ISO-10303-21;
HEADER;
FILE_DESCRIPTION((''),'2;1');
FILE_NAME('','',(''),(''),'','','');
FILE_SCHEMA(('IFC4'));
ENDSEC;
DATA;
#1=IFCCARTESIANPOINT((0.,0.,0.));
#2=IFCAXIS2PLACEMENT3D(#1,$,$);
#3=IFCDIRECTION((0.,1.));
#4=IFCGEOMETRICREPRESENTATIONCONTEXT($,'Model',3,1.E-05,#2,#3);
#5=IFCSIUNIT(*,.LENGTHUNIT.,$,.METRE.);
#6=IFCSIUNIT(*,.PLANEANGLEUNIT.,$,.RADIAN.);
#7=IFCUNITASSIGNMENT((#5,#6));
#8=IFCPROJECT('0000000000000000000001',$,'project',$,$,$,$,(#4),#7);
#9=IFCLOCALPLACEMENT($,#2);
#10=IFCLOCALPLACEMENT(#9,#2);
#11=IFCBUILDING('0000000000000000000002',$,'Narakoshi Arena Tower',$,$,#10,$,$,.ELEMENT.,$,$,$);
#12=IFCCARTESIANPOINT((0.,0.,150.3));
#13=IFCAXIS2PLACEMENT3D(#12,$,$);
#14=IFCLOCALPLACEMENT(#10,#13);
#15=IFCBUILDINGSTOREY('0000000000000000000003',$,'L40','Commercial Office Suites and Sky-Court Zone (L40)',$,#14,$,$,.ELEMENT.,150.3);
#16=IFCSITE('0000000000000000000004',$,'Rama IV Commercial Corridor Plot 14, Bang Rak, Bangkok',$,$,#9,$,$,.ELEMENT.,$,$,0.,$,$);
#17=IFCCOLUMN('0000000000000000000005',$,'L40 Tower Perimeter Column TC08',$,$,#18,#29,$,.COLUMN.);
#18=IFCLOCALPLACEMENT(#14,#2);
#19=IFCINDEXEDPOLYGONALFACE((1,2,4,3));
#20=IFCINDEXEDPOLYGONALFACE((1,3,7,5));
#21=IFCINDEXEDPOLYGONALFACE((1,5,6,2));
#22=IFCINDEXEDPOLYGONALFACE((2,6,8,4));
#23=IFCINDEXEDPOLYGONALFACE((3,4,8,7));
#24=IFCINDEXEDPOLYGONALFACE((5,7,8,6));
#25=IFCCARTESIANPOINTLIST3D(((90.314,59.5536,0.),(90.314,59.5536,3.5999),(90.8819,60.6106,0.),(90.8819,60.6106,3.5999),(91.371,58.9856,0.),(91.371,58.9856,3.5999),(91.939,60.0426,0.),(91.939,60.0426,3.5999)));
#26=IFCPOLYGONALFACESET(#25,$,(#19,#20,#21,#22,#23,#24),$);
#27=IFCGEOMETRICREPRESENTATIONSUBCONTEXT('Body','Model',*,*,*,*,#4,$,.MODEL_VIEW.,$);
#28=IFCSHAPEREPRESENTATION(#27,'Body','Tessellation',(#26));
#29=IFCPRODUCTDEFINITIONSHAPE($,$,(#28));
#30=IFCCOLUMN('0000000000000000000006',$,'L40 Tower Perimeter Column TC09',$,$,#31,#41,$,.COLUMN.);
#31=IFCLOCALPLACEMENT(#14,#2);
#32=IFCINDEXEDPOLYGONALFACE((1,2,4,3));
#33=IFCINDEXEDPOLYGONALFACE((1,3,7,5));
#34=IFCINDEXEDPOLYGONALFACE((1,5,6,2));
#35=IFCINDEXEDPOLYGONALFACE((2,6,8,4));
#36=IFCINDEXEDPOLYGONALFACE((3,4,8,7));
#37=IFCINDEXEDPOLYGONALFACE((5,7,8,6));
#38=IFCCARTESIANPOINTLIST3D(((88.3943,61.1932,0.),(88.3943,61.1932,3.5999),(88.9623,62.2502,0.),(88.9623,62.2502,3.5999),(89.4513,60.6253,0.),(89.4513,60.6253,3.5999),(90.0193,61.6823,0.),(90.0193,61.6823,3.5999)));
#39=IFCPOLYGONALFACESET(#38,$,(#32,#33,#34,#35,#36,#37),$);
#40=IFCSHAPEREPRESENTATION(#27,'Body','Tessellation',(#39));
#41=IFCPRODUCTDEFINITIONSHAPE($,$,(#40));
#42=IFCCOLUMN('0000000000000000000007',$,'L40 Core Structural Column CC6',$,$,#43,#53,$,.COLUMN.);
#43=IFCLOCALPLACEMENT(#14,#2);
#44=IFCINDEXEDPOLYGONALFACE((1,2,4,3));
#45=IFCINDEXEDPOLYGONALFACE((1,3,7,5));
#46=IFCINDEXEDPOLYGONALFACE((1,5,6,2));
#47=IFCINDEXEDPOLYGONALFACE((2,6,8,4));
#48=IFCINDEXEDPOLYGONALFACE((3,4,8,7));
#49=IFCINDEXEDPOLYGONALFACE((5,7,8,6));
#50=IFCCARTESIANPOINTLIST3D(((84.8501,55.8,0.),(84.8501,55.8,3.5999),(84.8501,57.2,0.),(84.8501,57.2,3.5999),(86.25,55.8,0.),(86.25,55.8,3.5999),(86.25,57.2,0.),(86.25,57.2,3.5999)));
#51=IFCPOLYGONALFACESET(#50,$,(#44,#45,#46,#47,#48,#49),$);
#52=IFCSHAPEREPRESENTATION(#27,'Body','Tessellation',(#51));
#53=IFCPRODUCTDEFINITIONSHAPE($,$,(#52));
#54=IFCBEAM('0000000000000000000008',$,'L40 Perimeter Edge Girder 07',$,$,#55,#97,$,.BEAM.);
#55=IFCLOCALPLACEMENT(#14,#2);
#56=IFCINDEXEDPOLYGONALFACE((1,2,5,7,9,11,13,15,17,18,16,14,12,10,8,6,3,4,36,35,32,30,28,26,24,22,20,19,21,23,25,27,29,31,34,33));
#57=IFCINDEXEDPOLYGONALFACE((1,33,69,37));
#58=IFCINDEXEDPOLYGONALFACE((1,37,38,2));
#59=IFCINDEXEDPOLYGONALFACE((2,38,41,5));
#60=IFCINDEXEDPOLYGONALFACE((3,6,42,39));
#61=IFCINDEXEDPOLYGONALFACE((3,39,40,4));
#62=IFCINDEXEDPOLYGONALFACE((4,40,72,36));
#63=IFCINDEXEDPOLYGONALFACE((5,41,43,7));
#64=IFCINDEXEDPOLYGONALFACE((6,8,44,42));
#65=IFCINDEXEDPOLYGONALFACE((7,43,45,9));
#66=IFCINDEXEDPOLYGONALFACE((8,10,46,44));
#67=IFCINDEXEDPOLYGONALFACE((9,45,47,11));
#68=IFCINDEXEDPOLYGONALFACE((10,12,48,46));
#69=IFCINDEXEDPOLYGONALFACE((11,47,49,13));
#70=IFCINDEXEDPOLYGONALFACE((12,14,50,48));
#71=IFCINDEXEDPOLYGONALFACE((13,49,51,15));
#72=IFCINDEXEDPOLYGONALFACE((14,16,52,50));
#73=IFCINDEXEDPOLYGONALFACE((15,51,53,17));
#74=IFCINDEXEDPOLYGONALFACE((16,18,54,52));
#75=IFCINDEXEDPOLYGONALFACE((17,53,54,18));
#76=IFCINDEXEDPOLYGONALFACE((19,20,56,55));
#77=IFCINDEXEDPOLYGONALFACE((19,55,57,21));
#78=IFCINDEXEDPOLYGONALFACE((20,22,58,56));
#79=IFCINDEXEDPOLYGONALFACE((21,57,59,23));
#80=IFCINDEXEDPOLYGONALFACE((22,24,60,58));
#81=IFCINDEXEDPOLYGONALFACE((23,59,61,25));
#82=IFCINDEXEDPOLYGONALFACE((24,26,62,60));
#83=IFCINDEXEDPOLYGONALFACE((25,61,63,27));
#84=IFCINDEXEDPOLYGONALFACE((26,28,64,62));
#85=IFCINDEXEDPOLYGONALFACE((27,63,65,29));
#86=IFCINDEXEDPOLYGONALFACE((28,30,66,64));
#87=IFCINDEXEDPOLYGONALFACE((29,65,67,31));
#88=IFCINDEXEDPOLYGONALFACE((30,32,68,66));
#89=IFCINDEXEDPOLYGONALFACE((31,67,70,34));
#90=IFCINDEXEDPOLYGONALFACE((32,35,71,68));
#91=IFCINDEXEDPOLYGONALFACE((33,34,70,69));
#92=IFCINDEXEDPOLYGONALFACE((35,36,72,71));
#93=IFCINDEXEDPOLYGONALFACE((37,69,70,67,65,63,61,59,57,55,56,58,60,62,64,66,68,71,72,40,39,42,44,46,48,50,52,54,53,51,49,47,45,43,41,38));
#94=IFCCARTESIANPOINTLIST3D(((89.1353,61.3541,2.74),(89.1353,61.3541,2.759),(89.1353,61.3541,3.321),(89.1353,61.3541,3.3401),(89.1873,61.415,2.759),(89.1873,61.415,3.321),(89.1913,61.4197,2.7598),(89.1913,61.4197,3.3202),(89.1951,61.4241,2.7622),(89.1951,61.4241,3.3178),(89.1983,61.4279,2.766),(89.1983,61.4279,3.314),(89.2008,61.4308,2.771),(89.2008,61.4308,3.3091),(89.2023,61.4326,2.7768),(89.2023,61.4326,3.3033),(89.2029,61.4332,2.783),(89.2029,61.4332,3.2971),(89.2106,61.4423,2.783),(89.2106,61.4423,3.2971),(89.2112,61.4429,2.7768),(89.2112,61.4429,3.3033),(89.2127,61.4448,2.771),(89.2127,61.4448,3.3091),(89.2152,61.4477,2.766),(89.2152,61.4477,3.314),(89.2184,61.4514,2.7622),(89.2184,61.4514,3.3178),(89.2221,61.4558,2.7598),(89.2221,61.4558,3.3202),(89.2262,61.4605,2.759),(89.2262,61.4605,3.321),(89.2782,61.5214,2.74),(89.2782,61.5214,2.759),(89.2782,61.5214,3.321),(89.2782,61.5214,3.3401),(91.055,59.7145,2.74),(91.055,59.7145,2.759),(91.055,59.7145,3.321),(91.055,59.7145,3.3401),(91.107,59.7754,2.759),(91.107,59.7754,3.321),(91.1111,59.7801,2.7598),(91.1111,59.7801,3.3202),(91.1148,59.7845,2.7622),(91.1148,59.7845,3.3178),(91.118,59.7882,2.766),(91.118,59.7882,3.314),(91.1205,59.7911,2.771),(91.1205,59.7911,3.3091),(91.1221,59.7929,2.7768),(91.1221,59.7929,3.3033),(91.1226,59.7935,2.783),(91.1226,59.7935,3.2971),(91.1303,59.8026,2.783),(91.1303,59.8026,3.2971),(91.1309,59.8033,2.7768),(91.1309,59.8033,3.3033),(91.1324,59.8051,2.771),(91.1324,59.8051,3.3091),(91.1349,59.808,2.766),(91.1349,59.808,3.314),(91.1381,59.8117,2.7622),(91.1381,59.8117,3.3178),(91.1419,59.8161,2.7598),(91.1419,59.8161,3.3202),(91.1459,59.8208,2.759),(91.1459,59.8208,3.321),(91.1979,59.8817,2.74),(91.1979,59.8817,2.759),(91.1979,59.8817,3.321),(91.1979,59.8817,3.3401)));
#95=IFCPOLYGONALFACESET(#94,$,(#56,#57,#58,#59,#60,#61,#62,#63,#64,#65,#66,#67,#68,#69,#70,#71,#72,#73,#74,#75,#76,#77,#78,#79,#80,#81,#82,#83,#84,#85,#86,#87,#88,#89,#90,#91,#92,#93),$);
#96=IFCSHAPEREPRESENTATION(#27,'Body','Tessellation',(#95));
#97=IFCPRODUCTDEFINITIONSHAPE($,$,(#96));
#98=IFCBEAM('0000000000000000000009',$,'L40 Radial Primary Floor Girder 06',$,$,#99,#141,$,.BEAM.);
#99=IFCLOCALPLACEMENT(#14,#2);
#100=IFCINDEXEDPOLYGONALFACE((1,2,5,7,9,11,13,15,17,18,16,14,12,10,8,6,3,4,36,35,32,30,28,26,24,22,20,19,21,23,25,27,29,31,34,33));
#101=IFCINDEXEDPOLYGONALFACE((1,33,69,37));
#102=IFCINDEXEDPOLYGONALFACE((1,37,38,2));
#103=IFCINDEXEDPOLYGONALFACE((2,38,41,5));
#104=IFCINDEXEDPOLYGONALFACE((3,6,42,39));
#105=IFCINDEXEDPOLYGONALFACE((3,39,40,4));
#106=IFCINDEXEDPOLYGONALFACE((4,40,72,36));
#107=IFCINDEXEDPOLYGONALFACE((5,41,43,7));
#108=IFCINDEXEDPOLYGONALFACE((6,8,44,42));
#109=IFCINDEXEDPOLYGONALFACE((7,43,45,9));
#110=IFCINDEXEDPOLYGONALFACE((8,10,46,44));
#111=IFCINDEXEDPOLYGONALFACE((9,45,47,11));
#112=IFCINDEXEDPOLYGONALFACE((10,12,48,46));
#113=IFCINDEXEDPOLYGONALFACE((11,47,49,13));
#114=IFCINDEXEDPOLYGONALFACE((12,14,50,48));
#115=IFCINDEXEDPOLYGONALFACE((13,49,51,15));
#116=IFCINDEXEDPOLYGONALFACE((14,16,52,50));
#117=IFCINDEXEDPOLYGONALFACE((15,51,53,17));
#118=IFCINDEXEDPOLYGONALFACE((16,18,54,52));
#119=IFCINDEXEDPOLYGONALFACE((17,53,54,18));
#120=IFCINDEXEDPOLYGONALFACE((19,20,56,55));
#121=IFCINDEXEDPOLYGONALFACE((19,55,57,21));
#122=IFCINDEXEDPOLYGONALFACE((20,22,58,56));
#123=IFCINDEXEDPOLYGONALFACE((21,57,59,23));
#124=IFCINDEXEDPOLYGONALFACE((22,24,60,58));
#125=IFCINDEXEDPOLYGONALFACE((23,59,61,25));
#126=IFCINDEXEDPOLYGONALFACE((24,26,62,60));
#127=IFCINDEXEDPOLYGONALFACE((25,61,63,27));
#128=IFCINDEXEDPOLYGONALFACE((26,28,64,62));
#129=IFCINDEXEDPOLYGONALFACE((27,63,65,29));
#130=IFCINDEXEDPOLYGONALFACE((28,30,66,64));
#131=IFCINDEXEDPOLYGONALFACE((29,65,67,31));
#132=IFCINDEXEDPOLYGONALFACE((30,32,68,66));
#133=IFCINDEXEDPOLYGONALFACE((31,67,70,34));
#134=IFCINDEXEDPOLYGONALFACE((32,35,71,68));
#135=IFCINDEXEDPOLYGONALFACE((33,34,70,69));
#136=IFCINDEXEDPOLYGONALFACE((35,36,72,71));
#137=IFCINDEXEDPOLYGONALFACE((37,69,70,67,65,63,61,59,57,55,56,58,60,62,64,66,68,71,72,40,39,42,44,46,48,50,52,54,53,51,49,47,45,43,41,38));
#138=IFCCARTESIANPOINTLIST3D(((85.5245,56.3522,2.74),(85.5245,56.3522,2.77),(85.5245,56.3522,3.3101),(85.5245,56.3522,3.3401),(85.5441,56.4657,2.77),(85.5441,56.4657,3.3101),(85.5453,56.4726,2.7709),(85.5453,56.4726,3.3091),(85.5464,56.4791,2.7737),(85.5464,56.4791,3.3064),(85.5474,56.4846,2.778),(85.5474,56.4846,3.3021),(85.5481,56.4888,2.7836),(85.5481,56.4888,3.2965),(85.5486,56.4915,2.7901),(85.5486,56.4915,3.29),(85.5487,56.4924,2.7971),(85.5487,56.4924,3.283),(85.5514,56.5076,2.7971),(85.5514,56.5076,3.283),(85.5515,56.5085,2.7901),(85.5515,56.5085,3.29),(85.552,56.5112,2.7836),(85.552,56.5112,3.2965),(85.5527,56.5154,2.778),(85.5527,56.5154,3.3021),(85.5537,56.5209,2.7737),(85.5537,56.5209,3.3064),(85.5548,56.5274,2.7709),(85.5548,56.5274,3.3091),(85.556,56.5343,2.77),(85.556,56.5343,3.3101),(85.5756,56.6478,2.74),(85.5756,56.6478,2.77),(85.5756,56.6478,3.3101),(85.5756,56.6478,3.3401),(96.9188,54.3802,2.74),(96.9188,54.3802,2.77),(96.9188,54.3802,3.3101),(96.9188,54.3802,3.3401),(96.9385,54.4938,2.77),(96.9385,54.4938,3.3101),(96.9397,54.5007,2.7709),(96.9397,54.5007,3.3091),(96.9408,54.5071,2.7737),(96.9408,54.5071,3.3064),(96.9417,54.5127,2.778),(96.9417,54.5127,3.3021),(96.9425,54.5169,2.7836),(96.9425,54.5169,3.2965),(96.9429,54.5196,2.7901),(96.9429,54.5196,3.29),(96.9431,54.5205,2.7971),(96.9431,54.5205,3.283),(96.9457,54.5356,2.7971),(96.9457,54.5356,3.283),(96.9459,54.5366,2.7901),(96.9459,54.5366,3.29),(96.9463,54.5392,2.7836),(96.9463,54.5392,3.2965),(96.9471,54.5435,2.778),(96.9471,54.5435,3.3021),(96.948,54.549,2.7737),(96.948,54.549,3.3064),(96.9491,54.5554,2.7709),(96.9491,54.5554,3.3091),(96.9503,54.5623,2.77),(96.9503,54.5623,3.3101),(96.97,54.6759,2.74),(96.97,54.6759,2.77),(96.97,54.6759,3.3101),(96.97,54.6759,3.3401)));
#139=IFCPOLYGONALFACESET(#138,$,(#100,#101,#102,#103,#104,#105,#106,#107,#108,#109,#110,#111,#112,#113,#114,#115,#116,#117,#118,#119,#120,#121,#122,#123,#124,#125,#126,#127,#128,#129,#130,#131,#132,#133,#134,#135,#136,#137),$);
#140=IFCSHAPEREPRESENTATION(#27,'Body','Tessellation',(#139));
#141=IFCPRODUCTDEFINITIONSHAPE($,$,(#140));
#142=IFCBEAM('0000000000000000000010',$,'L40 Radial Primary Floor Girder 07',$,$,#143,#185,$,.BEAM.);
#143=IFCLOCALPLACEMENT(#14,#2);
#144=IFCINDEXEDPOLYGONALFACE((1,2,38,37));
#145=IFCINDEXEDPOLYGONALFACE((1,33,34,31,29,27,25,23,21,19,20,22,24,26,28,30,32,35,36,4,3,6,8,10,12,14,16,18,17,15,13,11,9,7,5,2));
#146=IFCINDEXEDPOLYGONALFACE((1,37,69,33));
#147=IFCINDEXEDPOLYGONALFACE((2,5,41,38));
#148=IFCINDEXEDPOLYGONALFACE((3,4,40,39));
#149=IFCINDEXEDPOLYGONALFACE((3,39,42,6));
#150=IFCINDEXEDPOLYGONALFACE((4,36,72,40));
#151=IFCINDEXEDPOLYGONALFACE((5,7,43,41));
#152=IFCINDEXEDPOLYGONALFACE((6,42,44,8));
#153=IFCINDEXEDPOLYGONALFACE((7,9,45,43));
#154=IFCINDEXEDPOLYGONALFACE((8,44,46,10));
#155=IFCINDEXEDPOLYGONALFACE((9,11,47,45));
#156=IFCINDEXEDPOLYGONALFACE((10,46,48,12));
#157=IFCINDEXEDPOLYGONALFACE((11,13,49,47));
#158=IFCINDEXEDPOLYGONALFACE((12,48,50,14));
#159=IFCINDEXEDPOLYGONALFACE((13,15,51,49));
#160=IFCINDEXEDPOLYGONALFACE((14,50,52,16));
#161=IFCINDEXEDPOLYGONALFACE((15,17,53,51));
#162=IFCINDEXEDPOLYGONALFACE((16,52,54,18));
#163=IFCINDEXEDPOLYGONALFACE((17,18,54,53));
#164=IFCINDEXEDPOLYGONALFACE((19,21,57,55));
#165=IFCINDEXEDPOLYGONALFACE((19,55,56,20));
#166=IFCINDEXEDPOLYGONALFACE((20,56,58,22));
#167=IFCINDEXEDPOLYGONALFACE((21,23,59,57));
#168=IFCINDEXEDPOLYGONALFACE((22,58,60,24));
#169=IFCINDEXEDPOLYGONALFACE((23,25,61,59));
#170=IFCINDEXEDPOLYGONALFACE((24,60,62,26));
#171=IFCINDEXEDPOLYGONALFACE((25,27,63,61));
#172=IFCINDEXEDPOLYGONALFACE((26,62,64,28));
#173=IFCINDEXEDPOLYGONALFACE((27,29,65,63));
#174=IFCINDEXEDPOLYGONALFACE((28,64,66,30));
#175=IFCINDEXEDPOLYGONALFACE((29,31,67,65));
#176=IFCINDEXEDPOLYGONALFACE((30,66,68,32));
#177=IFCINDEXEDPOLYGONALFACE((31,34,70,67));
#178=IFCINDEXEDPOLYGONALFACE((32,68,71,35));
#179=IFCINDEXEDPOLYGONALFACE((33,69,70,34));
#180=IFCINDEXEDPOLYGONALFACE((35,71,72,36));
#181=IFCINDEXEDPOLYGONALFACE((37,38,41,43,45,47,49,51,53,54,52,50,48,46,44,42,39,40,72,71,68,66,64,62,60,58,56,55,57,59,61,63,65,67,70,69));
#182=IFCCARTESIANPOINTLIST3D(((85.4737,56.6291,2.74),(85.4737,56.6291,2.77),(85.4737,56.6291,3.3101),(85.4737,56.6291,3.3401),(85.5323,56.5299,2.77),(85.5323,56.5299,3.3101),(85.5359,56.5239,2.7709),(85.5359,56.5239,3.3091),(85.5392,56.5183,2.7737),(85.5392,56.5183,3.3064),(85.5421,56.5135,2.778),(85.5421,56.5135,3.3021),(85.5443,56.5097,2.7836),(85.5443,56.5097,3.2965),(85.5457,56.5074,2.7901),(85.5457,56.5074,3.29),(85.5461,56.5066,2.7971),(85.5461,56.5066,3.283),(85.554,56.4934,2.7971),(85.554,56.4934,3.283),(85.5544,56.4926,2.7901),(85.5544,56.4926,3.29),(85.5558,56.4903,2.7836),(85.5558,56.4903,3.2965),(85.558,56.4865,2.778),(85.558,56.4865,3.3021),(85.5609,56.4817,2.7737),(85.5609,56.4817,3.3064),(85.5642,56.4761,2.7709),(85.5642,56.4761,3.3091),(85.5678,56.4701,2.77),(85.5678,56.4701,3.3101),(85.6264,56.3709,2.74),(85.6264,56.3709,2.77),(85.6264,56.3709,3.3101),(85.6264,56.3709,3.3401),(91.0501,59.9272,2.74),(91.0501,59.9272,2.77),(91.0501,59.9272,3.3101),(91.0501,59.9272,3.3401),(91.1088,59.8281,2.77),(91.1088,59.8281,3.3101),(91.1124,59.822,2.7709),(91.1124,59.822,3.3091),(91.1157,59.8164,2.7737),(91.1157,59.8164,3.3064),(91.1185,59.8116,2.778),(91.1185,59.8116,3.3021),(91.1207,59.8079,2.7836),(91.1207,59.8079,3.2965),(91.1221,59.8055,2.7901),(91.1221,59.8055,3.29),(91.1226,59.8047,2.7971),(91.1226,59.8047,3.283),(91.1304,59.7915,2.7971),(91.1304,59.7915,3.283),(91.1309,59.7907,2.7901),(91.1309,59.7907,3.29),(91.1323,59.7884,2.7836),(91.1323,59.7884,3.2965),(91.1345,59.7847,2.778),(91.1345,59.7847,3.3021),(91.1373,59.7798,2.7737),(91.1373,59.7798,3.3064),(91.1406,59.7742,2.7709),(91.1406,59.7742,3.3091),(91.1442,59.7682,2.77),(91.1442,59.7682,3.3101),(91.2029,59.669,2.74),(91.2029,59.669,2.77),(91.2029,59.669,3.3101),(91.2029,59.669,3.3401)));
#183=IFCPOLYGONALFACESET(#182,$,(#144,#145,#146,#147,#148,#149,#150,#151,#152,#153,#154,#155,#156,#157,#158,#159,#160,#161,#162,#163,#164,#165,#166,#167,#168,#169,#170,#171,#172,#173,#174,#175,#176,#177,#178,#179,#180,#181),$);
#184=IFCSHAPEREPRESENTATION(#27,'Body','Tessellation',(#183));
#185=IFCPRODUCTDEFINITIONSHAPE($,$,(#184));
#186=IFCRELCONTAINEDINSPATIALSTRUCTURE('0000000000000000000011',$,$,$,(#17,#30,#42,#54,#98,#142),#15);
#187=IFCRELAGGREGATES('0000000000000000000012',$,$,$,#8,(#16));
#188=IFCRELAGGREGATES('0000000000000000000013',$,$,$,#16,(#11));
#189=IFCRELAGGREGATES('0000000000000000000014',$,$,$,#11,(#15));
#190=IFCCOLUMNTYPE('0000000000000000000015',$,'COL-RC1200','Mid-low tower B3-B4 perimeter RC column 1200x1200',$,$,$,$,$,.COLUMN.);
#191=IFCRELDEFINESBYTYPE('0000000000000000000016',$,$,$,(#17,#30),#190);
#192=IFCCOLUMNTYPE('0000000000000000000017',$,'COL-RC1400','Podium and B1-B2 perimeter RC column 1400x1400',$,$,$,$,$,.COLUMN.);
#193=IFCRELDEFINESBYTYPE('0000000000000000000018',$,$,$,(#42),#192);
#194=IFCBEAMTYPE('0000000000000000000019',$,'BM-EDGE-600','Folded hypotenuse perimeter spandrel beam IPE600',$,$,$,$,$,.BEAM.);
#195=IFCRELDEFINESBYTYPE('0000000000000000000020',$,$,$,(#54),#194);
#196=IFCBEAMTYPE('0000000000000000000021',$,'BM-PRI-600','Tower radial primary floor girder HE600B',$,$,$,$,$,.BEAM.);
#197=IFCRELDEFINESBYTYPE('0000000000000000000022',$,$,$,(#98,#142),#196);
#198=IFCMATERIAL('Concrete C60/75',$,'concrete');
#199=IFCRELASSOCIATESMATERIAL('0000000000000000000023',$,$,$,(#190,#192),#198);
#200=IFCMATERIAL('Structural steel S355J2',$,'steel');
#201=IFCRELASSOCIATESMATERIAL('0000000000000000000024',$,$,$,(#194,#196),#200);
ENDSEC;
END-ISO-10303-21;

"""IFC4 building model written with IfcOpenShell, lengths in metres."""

from ifc_helpers import new_model, si_unit, direction, frame, origin, origin_2d, place, context, subcontext, project, spatial, rectangle, i_section, extrude, material, material_profile, profile_set, type_object, element, save


model = new_model("IFC4")

# Units and contexts
model_context = context("Model", 3, precision=1e-05, world=origin(), true_north=direction((0.0, 1.0)))
body_context = subcontext(model_context, "Body", "Model", "MODEL_VIEW")
ifc_project = project(units=[si_unit("LENGTHUNIT", "METRE"), si_unit("PLANEANGLEUNIT", "RADIAN")], contexts=[model_context])

# Site, building, storey
site_placement = place(None, origin())
site = spatial("IfcSite", under=ifc_project, at=site_placement, Name="Rama IV Commercial Corridor Plot 14, Bang Rak, Bangkok", CompositionType="ELEMENT", RefElevation=0.0)
building_placement = place(site_placement, origin())
building = spatial("IfcBuilding", under=site, at=building_placement, Name="Narakoshi Arena Tower", CompositionType="ELEMENT")
storey_placement = place(building_placement, frame((0.0, 0.0, 150.3)))
storey = spatial("IfcBuildingStorey", under=building, at=storey_placement, Name="L40", Description="Commercial Office Suites and Sky-Court Zone (L40)", CompositionType="ELEMENT", Elevation=150.3)

# Columns
ifc_material_1 = material(Name="Concrete C60/75", Category="concrete")
ifc_material_profile_1 = material_profile(ifc_material_1, rectangle(XDim=1.2, YDim=1.2, at=origin_2d()), Name="RC1200x1200")
ifc_profile_set_1 = profile_set([ifc_material_profile_1], Name="Concrete C60/75")
column_type_1 = type_object("IfcColumnType", Name="COL-RC1200", Description="Mid-low tower B3-B4 perimeter RC column 1200x1200", PredefinedType="COLUMN", material=ifc_profile_set_1)
for number, where, z_axis, x_axis, name in (
    (1, (91.1265, 59.7981, 0.0), (0.0, 0.0, 1.0), (0.47332, 0.880891, 0.0), "L40 Tower Perimeter Column TC08"),
    (2, (89.2068, 61.4377, 0.0), (0.0, 0.0, 1.0), (0.47332, 0.880891, 0.0), "L40 Tower Perimeter Column TC09"),
):
    element("IfcColumn", number, at=place(storey_placement, frame(where, z_axis=z_axis, x_axis=x_axis)), inside=storey, type_object=column_type_1, Name=name, PredefinedType="COLUMN", context=body_context, shape_type="SweptSolid", body=[
        extrude(rectangle(XDim=1.2, YDim=1.2, at=origin_2d()), origin(), (0.0, 0.0, 1.0), 3.5999),
    ])
ifc_material_profile_2 = material_profile(ifc_material_1, rectangle(XDim=1.3999, YDim=1.3999, at=origin_2d()), Name="RC1400x1400")
ifc_profile_set_2 = profile_set([ifc_material_profile_2], Name="Concrete C60/75")
column_type_2 = type_object("IfcColumnType", Name="COL-RC1400", Description="Podium and B1-B2 perimeter RC column 1400x1400", PredefinedType="COLUMN", material=ifc_profile_set_2)
column_placement = place(storey_placement, frame((85.55, 56.5, 0.0), z_axis=(0.0, 0.0, 1.0), x_axis=(1.0, 0.0, 0.0)))
element("IfcColumn", 3, at=column_placement, inside=storey, type_object=column_type_2, Name="L40 Core Structural Column CC6", PredefinedType="COLUMN", context=body_context, shape_type="SweptSolid", body=[
    extrude(rectangle(XDim=1.3999, YDim=1.3999, at=origin_2d()), origin(), (0.0, 0.0, 1.0), 3.5999),
])

# Beams
ifc_material_2 = material(Name="Structural steel S355J2", Category="steel")
ifc_material_profile_3 = material_profile(ifc_material_2, i_section(OverallWidth=0.22, OverallDepth=0.6001, WebThickness=0.012, FlangeThickness=0.019, FilletRadius=0.0239, at=origin_2d()), Name="IPE600")
ifc_profile_set_3 = profile_set([ifc_material_profile_3], Name="Structural steel S355J2")
beam_type_1 = type_object("IfcBeamType", Name="BM-EDGE-600", Description="Folded hypotenuse perimeter spandrel beam IPE600", PredefinedType="BEAM", material=ifc_profile_set_3)
beam_1_placement = place(storey_placement, frame((91.1265, 59.7981, 3.04), z_axis=(-0.760389, 0.649468, 0.0), x_axis=(-0.649468, -0.760389, 0.0)))
element("IfcBeam", 4, at=beam_1_placement, inside=storey, type_object=beam_type_1, Name="L40 Perimeter Edge Girder 07", PredefinedType="BEAM", context=body_context, shape_type="SweptSolid", body=[
    extrude(i_section(OverallWidth=0.22, OverallDepth=0.6001, WebThickness=0.012, FlangeThickness=0.019, FilletRadius=0.0239, at=origin_2d()), origin(), (0.0, 0.0, 1.0), 2.5247),
])
ifc_material_profile_4 = material_profile(ifc_material_2, i_section(OverallWidth=0.3, OverallDepth=0.6001, WebThickness=0.0154, FlangeThickness=0.03, FilletRadius=0.0271, at=origin_2d()), Name="HE600B")
ifc_profile_set_4 = profile_set([ifc_material_profile_4], Name="Structural steel S355J2")
beam_type_2 = type_object("IfcBeamType", Name="BM-PRI-600", Description="Tower radial primary floor girder HE600B", PredefinedType="BEAM", material=ifc_profile_set_4)
beam_2_placement = place(storey_placement, frame((85.55, 56.5, 3.04), z_axis=(0.985353, -0.170528, 0.0), x_axis=(0.170528, 0.985353, 0.0)))
element("IfcBeam", 5, at=beam_2_placement, inside=storey, type_object=beam_type_2, Name="L40 Radial Primary Floor Girder 06", PredefinedType="BEAM", context=body_context, shape_type="SweptSolid", body=[
    extrude(i_section(OverallWidth=0.3, OverallDepth=0.6001, WebThickness=0.0154, FlangeThickness=0.03, FilletRadius=0.0271, at=origin_2d()), origin(), (0.0, 0.0, 1.0), 11.5637),
])
beam_3_placement = place(storey_placement, frame((85.55, 56.5, 3.04), z_axis=(0.860728, 0.509066, 0.0), x_axis=(-0.509066, 0.860728, 0.0)))
element("IfcBeam", 6, at=beam_3_placement, inside=storey, type_object=beam_type_2, Name="L40 Radial Primary Floor Girder 07", PredefinedType="BEAM", context=body_context, shape_type="SweptSolid", body=[
    extrude(i_section(OverallWidth=0.3, OverallDepth=0.6001, WebThickness=0.0154, FlangeThickness=0.03, FilletRadius=0.0271, at=origin_2d()), origin(), (0.0, 0.0, 1.0), 6.4788),
])

save(model, "model.ifc")
